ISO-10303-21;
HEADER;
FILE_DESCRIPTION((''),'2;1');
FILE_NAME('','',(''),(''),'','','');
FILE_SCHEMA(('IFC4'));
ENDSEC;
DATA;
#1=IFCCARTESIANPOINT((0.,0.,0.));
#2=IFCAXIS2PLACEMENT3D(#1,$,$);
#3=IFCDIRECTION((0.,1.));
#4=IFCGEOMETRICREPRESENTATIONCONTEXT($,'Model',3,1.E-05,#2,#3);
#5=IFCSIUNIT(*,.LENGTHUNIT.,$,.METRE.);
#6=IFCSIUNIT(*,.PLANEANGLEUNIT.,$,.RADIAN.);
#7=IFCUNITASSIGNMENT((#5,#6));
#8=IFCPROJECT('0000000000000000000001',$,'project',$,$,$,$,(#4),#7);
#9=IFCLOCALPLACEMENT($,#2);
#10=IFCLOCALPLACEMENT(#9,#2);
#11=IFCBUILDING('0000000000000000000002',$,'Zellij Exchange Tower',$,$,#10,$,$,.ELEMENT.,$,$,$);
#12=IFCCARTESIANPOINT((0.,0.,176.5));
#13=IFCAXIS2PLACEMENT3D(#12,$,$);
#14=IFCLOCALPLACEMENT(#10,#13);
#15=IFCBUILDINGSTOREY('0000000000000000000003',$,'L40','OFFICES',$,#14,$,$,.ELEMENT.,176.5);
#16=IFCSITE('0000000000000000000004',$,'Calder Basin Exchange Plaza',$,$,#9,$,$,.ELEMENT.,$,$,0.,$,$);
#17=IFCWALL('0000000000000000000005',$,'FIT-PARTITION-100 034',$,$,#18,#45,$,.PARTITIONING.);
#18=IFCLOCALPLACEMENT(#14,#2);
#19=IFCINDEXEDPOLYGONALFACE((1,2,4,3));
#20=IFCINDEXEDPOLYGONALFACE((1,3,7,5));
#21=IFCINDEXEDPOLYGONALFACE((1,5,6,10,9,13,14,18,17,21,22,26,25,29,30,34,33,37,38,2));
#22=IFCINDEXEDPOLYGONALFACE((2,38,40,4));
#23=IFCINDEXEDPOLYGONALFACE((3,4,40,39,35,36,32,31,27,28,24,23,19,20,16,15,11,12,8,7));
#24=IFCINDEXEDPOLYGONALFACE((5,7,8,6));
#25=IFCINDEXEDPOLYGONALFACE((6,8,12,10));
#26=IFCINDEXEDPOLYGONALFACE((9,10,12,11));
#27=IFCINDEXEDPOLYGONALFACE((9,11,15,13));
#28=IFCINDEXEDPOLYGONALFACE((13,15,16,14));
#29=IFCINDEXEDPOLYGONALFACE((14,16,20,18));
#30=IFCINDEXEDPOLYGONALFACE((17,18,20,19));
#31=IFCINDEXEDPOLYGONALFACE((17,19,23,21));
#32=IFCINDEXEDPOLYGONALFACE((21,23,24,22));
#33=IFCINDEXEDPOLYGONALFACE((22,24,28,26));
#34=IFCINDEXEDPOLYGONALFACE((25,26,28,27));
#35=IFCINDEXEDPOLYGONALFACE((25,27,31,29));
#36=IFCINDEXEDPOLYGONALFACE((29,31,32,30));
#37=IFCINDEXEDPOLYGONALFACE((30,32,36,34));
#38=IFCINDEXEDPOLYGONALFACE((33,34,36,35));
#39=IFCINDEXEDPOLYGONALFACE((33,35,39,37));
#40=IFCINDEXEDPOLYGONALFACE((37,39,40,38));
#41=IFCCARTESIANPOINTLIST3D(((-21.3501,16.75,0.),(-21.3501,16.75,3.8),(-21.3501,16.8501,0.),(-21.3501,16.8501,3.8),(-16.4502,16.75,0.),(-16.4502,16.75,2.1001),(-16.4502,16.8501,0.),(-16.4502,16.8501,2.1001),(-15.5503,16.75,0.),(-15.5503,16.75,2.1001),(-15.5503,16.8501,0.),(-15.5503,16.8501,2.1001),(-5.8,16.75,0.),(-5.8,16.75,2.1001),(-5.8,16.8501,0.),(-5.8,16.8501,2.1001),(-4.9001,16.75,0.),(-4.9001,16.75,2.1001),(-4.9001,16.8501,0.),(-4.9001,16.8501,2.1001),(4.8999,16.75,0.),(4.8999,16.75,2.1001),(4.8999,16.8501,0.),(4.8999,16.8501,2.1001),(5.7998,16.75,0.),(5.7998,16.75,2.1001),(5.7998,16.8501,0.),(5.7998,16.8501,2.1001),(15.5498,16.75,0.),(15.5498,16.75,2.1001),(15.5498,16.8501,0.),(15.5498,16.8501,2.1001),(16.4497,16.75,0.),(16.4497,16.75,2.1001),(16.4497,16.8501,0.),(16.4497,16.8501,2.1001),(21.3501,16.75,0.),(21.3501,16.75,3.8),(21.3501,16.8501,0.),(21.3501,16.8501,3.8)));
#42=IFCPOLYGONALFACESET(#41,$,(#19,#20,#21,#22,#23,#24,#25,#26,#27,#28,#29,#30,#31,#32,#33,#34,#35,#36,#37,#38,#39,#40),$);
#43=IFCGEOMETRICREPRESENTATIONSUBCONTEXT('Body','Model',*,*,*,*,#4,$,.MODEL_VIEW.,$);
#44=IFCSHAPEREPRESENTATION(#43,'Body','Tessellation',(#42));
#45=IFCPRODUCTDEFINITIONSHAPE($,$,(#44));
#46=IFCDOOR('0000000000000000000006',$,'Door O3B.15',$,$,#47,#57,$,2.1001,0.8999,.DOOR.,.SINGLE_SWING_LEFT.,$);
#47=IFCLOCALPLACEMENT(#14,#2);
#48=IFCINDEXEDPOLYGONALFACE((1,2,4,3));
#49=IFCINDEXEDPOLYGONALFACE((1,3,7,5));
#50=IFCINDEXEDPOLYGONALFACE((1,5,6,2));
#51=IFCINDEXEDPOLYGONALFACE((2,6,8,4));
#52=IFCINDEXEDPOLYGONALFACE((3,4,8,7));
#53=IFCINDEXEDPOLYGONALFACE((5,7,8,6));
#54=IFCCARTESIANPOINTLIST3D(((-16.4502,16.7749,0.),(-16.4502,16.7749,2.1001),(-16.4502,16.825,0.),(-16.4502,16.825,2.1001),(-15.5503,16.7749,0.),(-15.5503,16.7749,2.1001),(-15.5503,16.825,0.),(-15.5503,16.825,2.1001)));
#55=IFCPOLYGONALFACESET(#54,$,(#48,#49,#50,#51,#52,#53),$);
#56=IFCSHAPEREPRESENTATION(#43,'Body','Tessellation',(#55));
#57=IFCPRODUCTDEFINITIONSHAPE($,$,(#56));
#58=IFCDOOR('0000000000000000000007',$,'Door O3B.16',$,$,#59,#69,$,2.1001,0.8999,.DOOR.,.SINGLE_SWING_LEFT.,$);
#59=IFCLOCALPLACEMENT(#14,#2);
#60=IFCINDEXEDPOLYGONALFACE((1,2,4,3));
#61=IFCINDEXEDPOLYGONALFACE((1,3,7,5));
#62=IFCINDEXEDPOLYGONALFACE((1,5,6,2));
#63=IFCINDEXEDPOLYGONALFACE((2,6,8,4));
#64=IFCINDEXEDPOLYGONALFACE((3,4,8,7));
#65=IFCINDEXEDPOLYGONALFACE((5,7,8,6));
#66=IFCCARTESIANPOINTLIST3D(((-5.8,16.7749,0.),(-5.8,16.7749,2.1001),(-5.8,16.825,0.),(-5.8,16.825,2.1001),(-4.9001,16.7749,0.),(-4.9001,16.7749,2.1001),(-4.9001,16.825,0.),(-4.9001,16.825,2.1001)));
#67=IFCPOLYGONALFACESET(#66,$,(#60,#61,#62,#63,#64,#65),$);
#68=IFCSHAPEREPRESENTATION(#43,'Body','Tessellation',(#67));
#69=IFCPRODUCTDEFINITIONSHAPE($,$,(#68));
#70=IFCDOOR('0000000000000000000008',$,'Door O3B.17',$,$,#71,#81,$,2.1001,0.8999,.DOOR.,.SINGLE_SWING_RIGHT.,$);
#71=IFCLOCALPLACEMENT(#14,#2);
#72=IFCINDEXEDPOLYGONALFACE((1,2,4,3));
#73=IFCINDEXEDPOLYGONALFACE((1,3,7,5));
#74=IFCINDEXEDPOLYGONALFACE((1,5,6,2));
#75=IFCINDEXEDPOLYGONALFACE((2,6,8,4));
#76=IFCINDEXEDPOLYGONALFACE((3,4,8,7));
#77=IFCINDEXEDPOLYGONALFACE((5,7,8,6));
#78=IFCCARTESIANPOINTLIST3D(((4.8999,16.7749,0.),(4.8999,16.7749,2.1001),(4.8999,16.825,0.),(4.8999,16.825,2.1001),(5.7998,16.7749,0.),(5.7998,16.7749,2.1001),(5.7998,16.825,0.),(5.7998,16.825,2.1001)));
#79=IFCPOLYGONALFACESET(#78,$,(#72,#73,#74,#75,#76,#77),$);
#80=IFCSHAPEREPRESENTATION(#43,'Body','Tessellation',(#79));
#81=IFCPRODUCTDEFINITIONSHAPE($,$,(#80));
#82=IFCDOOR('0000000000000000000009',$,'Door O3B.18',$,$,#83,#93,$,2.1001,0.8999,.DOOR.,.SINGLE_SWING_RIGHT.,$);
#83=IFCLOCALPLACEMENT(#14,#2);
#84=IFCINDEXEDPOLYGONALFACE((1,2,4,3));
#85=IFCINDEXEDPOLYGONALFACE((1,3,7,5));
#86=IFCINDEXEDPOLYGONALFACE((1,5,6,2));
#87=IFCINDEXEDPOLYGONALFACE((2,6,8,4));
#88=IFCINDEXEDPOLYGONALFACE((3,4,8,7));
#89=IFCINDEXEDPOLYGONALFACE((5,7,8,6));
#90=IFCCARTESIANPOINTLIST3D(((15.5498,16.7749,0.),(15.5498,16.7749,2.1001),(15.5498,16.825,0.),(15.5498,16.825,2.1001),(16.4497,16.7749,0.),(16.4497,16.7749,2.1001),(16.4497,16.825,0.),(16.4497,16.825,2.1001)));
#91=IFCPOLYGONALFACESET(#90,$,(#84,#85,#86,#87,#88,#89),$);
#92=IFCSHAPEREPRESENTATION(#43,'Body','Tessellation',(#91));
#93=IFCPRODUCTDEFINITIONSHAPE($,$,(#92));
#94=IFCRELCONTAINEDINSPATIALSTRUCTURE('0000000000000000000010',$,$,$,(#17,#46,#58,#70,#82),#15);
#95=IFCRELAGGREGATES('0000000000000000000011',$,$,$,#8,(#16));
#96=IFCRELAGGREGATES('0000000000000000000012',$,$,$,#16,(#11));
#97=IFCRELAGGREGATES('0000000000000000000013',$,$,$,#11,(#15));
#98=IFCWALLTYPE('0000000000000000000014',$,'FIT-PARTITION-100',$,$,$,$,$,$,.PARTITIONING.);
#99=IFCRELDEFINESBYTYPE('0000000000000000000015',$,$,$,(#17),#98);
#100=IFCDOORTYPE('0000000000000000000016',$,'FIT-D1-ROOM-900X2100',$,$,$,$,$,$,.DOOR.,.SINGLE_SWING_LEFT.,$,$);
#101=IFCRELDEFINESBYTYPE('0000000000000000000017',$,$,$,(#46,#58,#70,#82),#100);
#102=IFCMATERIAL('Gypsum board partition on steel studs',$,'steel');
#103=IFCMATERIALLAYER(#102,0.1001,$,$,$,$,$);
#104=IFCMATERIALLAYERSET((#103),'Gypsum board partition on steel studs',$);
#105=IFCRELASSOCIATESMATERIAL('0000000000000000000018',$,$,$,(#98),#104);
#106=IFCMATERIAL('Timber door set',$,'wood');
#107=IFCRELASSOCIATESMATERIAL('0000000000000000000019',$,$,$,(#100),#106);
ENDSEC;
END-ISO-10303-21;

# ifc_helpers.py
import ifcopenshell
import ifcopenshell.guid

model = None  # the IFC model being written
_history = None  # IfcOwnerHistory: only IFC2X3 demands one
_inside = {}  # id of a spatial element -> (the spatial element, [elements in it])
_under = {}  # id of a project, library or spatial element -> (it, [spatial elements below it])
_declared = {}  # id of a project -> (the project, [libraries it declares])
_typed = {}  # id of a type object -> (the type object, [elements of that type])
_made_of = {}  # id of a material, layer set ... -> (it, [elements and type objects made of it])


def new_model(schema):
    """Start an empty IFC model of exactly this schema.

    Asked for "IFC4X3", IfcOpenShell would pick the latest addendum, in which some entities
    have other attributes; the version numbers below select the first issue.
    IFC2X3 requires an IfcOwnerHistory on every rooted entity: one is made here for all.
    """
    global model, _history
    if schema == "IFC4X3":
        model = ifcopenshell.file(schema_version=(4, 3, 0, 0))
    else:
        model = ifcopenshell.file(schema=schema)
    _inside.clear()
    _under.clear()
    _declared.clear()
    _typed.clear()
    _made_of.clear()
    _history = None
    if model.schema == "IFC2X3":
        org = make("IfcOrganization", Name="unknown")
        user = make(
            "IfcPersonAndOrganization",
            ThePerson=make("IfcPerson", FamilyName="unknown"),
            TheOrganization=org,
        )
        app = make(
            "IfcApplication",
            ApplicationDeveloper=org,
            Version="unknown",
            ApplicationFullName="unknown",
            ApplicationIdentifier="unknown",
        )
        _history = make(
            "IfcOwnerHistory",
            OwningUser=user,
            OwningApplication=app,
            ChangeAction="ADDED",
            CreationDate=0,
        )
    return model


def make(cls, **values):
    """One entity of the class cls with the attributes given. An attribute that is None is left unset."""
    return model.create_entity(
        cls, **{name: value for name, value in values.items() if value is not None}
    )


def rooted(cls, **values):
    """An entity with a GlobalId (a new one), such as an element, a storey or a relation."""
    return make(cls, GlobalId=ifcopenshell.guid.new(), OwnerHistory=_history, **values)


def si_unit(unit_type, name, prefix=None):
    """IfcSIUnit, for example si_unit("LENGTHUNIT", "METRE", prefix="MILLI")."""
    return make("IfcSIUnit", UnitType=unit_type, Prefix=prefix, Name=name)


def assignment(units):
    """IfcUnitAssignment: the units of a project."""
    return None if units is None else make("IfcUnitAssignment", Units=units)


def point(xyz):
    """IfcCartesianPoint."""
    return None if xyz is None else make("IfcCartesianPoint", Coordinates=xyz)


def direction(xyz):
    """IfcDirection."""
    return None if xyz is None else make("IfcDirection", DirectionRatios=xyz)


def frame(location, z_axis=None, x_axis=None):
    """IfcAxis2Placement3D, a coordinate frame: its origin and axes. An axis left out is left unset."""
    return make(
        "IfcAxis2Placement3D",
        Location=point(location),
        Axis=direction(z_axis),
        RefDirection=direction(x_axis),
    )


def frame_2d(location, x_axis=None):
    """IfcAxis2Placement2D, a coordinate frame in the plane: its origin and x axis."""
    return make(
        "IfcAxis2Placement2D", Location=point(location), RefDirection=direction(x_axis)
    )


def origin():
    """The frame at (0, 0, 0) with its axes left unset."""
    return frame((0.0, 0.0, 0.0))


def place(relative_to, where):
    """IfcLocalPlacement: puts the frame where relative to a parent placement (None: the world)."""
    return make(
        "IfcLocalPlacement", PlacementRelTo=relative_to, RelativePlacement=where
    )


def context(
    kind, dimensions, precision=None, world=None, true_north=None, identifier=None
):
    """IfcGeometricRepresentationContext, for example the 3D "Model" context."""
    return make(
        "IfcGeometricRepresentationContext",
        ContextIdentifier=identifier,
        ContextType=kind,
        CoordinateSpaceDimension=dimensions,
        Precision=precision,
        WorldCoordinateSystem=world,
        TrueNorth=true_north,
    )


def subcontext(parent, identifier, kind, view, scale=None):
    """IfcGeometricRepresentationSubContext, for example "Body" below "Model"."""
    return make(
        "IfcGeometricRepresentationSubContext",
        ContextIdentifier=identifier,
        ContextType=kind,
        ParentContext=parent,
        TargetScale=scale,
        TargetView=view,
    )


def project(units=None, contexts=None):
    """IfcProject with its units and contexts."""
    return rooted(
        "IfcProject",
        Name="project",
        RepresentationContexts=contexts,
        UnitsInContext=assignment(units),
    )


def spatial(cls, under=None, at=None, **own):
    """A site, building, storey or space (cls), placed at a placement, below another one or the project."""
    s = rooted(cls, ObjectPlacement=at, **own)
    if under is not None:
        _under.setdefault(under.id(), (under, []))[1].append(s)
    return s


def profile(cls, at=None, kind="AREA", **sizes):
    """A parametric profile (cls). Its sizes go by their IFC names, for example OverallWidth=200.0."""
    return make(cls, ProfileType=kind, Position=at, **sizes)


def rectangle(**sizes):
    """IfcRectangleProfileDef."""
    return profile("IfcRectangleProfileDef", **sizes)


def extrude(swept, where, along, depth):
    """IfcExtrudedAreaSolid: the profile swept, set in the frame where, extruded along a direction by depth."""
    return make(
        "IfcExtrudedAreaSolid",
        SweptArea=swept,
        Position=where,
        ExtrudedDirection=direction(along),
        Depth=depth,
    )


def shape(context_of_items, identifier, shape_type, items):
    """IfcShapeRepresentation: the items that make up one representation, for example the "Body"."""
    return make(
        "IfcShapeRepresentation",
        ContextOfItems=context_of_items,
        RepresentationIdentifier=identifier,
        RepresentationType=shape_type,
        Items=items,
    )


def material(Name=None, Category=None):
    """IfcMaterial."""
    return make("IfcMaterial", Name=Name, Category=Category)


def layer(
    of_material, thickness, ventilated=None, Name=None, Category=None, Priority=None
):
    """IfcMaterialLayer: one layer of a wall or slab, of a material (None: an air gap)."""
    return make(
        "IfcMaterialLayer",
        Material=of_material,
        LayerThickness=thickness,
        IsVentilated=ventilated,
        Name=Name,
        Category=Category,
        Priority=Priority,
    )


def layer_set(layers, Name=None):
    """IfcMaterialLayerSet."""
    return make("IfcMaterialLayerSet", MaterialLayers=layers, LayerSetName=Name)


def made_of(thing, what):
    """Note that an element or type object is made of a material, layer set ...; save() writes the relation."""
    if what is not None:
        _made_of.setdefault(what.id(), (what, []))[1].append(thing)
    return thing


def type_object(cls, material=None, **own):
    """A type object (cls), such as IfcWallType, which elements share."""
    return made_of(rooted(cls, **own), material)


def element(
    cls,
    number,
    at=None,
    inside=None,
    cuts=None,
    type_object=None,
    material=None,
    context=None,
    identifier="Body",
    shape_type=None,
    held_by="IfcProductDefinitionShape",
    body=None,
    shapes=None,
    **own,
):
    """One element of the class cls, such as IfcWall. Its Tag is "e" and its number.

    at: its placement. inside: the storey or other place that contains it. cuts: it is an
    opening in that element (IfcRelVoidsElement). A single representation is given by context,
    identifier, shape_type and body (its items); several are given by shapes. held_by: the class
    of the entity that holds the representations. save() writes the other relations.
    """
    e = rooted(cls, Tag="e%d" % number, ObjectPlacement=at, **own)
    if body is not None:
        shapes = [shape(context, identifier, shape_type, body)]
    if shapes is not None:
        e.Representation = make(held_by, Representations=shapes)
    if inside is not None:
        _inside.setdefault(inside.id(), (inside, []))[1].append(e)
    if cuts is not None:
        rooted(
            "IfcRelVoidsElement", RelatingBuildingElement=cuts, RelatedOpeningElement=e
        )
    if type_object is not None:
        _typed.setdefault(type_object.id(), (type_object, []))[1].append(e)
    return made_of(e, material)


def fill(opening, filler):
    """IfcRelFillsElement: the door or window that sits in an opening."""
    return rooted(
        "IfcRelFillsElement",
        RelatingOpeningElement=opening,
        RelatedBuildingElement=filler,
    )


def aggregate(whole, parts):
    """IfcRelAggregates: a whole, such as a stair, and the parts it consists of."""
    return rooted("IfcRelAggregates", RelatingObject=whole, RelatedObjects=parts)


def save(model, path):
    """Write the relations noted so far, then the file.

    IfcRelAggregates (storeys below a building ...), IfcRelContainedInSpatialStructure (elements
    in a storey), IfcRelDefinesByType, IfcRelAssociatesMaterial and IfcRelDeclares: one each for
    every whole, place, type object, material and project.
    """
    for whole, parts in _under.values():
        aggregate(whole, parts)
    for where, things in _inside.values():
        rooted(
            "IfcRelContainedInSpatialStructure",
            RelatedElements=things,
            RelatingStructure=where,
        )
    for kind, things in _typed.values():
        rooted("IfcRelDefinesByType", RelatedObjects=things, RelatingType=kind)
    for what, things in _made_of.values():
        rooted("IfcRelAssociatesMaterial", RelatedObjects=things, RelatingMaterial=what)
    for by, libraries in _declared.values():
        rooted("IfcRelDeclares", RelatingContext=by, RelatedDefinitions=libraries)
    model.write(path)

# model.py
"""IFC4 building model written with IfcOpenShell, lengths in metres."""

from ifc_helpers import new_model, si_unit, direction, frame, frame_2d, origin, place, context, subcontext, project, spatial, rectangle, extrude, material, layer, layer_set, type_object, element, fill, save


model = new_model("IFC4")

# Units and contexts
model_context = context("Model", 3, precision=1e-05, world=origin(), true_north=direction((0.0, 1.0)))
body_context = subcontext(model_context, "Body", "Model", "MODEL_VIEW")
ifc_project = project(units=[si_unit("LENGTHUNIT", "METRE"), si_unit("PLANEANGLEUNIT", "RADIAN")], contexts=[model_context])

# Site, building, storey
site_placement = place(None, origin())
site = spatial("IfcSite", under=ifc_project, at=site_placement, Name="Calder Basin Exchange Plaza", CompositionType="ELEMENT", RefElevation=0.0)
building_placement = place(site_placement, origin())
building = spatial("IfcBuilding", under=site, at=building_placement, Name="Zellij Exchange Tower", CompositionType="ELEMENT")
storey_placement = place(building_placement, frame((0.0, 0.0, 176.5)))
storey = spatial("IfcBuildingStorey", under=building, at=storey_placement, Name="L40", Description="OFFICES", CompositionType="ELEMENT", Elevation=176.5)

# Shared definitions
ifc_material_1 = material(Name="Gypsum board partition on steel studs", Category="steel")
ifc_layer = layer(ifc_material_1, 0.1001)
ifc_layer_set = layer_set([ifc_layer], Name="Gypsum board partition on steel studs")
wall_type = type_object("IfcWallType", Name="FIT-PARTITION-100", PredefinedType="PARTITIONING", material=ifc_layer_set)

# Wall, openings, doors
wall_1_placement = place(storey_placement, frame((-21.3501, 16.8, 0.0), z_axis=(0.0, 0.0, 1.0), x_axis=(1.0, 0.0, 0.0)))
wall_1 = element("IfcWall", 1, at=wall_1_placement, inside=storey, type_object=wall_type, Name="FIT-PARTITION-100 034", PredefinedType="PARTITIONING", context=body_context, shape_type="SweptSolid", body=[
    extrude(rectangle(XDim=42.7002, YDim=0.1001, at=frame_2d((21.3501, 0.0))), origin(), (0.0, 0.0, 1.0), 3.8),
])
opening_1_placement = place(wall_1_placement, frame((4.8999, 0.0, 0.0)))
opening_1 = element("IfcOpeningElement", 2, at=opening_1_placement, cuts=wall_1, PredefinedType="OPENING", context=body_context, shape_type="SweptSolid", body=[
    extrude(rectangle(XDim=0.8999, YDim=2.1001, at=frame_2d((0.45, 1.05))), frame((0.0, 0.062, 0.0), z_axis=(0.0, -1.0, 0.0), x_axis=(1.0, 0.0, 0.0)), (0.0, 0.0, 1.0), 0.124),
])
opening_2_placement = place(wall_1_placement, frame((15.55, 0.0, 0.0)))
opening_2 = element("IfcOpeningElement", 3, at=opening_2_placement, cuts=wall_1, PredefinedType="OPENING", context=body_context, shape_type="SweptSolid", body=[
    extrude(rectangle(XDim=0.8999, YDim=2.1001, at=frame_2d((0.45, 1.05))), frame((0.0, 0.062, 0.0), z_axis=(0.0, -1.0, 0.0), x_axis=(1.0, 0.0, 0.0)), (0.0, 0.0, 1.0), 0.124),
])
opening_3_placement = place(wall_1_placement, frame((26.25, 0.0, 0.0)))
opening_3 = element("IfcOpeningElement", 4, at=opening_3_placement, cuts=wall_1, PredefinedType="OPENING", context=body_context, shape_type="SweptSolid", body=[
    extrude(rectangle(XDim=0.8999, YDim=2.1001, at=frame_2d((0.45, 1.05))), frame((0.0, 0.062, 0.0), z_axis=(0.0, -1.0, 0.0), x_axis=(1.0, 0.0, 0.0)), (0.0, 0.0, 1.0), 0.124),
])
opening_4_placement = place(wall_1_placement, frame((36.8999, 0.0, 0.0)))
opening_4 = element("IfcOpeningElement", 5, at=opening_4_placement, cuts=wall_1, PredefinedType="OPENING", context=body_context, shape_type="SweptSolid", body=[
    extrude(rectangle(XDim=0.8999, YDim=2.1001, at=frame_2d((0.45, 1.05))), frame((0.0, 0.062, 0.0), z_axis=(0.0, -1.0, 0.0), x_axis=(1.0, 0.0, 0.0)), (0.0, 0.0, 1.0), 0.124),
])
ifc_material_2 = material(Name="Timber door set", Category="wood")
door_type_1 = type_object("IfcDoorType", Name="FIT-D1-ROOM-900X2100", OperationType="SINGLE_SWING_LEFT", PredefinedType="DOOR", material=ifc_material_2)
door_1_placement = place(opening_1_placement, origin())
door_1 = element("IfcDoor", 6, at=door_1_placement, inside=storey, type_object=door_type_1, Name="Door O3B.15", OperationType="SINGLE_SWING_LEFT", OverallHeight=2.1001, OverallWidth=0.8999, PredefinedType="DOOR", context=body_context, shape_type="SweptSolid", body=[
    extrude(rectangle(XDim=0.8999, YDim=2.1001, at=frame_2d((0.45, 1.05))), frame((0.0, 0.0249, 0.0), z_axis=(0.0, -1.0, 0.0), x_axis=(1.0, 0.0, 0.0)), (0.0, 0.0, 1.0), 0.05),
])
fill(opening_1, door_1)
door_2_placement = place(opening_2_placement, origin())
door_2 = element("IfcDoor", 7, at=door_2_placement, inside=storey, type_object=door_type_1, Name="Door O3B.16", OperationType="SINGLE_SWING_LEFT", OverallHeight=2.1001, OverallWidth=0.8999, PredefinedType="DOOR", context=body_context, shape_type="SweptSolid", body=[
    extrude(rectangle(XDim=0.8999, YDim=2.1001, at=frame_2d((0.45, 1.05))), frame((0.0, 0.0249, 0.0), z_axis=(0.0, -1.0, 0.0), x_axis=(1.0, 0.0, 0.0)), (0.0, 0.0, 1.0), 0.05),
])
fill(opening_2, door_2)
door_3_placement = place(opening_3_placement, origin())
door_3 = element("IfcDoor", 8, at=door_3_placement, inside=storey, type_object=door_type_1, Name="Door O3B.17", OperationType="SINGLE_SWING_RIGHT", OverallHeight=2.1001, OverallWidth=0.8999, PredefinedType="DOOR", context=body_context, shape_type="SweptSolid", body=[
    extrude(rectangle(XDim=0.8999, YDim=2.1001, at=frame_2d((0.45, 1.05))), frame((0.0, 0.0249, 0.0), z_axis=(0.0, -1.0, 0.0), x_axis=(1.0, 0.0, 0.0)), (0.0, 0.0, 1.0), 0.05),
])
fill(opening_3, door_3)
door_4_placement = place(opening_4_placement, origin())
door_4 = element("IfcDoor", 9, at=door_4_placement, inside=storey, type_object=door_type_1, Name="Door O3B.18", OperationType="SINGLE_SWING_RIGHT", OverallHeight=2.1001, OverallWidth=0.8999, PredefinedType="DOOR", context=body_context, shape_type="SweptSolid", body=[
    extrude(rectangle(XDim=0.8999, YDim=2.1001, at=frame_2d((0.45, 1.05))), frame((0.0, 0.0249, 0.0), z_axis=(0.0, -1.0, 0.0), x_axis=(1.0, 0.0, 0.0)), (0.0, 0.0, 1.0), 0.05),
])
fill(opening_4, door_4)

save(model, "model.ifc")
